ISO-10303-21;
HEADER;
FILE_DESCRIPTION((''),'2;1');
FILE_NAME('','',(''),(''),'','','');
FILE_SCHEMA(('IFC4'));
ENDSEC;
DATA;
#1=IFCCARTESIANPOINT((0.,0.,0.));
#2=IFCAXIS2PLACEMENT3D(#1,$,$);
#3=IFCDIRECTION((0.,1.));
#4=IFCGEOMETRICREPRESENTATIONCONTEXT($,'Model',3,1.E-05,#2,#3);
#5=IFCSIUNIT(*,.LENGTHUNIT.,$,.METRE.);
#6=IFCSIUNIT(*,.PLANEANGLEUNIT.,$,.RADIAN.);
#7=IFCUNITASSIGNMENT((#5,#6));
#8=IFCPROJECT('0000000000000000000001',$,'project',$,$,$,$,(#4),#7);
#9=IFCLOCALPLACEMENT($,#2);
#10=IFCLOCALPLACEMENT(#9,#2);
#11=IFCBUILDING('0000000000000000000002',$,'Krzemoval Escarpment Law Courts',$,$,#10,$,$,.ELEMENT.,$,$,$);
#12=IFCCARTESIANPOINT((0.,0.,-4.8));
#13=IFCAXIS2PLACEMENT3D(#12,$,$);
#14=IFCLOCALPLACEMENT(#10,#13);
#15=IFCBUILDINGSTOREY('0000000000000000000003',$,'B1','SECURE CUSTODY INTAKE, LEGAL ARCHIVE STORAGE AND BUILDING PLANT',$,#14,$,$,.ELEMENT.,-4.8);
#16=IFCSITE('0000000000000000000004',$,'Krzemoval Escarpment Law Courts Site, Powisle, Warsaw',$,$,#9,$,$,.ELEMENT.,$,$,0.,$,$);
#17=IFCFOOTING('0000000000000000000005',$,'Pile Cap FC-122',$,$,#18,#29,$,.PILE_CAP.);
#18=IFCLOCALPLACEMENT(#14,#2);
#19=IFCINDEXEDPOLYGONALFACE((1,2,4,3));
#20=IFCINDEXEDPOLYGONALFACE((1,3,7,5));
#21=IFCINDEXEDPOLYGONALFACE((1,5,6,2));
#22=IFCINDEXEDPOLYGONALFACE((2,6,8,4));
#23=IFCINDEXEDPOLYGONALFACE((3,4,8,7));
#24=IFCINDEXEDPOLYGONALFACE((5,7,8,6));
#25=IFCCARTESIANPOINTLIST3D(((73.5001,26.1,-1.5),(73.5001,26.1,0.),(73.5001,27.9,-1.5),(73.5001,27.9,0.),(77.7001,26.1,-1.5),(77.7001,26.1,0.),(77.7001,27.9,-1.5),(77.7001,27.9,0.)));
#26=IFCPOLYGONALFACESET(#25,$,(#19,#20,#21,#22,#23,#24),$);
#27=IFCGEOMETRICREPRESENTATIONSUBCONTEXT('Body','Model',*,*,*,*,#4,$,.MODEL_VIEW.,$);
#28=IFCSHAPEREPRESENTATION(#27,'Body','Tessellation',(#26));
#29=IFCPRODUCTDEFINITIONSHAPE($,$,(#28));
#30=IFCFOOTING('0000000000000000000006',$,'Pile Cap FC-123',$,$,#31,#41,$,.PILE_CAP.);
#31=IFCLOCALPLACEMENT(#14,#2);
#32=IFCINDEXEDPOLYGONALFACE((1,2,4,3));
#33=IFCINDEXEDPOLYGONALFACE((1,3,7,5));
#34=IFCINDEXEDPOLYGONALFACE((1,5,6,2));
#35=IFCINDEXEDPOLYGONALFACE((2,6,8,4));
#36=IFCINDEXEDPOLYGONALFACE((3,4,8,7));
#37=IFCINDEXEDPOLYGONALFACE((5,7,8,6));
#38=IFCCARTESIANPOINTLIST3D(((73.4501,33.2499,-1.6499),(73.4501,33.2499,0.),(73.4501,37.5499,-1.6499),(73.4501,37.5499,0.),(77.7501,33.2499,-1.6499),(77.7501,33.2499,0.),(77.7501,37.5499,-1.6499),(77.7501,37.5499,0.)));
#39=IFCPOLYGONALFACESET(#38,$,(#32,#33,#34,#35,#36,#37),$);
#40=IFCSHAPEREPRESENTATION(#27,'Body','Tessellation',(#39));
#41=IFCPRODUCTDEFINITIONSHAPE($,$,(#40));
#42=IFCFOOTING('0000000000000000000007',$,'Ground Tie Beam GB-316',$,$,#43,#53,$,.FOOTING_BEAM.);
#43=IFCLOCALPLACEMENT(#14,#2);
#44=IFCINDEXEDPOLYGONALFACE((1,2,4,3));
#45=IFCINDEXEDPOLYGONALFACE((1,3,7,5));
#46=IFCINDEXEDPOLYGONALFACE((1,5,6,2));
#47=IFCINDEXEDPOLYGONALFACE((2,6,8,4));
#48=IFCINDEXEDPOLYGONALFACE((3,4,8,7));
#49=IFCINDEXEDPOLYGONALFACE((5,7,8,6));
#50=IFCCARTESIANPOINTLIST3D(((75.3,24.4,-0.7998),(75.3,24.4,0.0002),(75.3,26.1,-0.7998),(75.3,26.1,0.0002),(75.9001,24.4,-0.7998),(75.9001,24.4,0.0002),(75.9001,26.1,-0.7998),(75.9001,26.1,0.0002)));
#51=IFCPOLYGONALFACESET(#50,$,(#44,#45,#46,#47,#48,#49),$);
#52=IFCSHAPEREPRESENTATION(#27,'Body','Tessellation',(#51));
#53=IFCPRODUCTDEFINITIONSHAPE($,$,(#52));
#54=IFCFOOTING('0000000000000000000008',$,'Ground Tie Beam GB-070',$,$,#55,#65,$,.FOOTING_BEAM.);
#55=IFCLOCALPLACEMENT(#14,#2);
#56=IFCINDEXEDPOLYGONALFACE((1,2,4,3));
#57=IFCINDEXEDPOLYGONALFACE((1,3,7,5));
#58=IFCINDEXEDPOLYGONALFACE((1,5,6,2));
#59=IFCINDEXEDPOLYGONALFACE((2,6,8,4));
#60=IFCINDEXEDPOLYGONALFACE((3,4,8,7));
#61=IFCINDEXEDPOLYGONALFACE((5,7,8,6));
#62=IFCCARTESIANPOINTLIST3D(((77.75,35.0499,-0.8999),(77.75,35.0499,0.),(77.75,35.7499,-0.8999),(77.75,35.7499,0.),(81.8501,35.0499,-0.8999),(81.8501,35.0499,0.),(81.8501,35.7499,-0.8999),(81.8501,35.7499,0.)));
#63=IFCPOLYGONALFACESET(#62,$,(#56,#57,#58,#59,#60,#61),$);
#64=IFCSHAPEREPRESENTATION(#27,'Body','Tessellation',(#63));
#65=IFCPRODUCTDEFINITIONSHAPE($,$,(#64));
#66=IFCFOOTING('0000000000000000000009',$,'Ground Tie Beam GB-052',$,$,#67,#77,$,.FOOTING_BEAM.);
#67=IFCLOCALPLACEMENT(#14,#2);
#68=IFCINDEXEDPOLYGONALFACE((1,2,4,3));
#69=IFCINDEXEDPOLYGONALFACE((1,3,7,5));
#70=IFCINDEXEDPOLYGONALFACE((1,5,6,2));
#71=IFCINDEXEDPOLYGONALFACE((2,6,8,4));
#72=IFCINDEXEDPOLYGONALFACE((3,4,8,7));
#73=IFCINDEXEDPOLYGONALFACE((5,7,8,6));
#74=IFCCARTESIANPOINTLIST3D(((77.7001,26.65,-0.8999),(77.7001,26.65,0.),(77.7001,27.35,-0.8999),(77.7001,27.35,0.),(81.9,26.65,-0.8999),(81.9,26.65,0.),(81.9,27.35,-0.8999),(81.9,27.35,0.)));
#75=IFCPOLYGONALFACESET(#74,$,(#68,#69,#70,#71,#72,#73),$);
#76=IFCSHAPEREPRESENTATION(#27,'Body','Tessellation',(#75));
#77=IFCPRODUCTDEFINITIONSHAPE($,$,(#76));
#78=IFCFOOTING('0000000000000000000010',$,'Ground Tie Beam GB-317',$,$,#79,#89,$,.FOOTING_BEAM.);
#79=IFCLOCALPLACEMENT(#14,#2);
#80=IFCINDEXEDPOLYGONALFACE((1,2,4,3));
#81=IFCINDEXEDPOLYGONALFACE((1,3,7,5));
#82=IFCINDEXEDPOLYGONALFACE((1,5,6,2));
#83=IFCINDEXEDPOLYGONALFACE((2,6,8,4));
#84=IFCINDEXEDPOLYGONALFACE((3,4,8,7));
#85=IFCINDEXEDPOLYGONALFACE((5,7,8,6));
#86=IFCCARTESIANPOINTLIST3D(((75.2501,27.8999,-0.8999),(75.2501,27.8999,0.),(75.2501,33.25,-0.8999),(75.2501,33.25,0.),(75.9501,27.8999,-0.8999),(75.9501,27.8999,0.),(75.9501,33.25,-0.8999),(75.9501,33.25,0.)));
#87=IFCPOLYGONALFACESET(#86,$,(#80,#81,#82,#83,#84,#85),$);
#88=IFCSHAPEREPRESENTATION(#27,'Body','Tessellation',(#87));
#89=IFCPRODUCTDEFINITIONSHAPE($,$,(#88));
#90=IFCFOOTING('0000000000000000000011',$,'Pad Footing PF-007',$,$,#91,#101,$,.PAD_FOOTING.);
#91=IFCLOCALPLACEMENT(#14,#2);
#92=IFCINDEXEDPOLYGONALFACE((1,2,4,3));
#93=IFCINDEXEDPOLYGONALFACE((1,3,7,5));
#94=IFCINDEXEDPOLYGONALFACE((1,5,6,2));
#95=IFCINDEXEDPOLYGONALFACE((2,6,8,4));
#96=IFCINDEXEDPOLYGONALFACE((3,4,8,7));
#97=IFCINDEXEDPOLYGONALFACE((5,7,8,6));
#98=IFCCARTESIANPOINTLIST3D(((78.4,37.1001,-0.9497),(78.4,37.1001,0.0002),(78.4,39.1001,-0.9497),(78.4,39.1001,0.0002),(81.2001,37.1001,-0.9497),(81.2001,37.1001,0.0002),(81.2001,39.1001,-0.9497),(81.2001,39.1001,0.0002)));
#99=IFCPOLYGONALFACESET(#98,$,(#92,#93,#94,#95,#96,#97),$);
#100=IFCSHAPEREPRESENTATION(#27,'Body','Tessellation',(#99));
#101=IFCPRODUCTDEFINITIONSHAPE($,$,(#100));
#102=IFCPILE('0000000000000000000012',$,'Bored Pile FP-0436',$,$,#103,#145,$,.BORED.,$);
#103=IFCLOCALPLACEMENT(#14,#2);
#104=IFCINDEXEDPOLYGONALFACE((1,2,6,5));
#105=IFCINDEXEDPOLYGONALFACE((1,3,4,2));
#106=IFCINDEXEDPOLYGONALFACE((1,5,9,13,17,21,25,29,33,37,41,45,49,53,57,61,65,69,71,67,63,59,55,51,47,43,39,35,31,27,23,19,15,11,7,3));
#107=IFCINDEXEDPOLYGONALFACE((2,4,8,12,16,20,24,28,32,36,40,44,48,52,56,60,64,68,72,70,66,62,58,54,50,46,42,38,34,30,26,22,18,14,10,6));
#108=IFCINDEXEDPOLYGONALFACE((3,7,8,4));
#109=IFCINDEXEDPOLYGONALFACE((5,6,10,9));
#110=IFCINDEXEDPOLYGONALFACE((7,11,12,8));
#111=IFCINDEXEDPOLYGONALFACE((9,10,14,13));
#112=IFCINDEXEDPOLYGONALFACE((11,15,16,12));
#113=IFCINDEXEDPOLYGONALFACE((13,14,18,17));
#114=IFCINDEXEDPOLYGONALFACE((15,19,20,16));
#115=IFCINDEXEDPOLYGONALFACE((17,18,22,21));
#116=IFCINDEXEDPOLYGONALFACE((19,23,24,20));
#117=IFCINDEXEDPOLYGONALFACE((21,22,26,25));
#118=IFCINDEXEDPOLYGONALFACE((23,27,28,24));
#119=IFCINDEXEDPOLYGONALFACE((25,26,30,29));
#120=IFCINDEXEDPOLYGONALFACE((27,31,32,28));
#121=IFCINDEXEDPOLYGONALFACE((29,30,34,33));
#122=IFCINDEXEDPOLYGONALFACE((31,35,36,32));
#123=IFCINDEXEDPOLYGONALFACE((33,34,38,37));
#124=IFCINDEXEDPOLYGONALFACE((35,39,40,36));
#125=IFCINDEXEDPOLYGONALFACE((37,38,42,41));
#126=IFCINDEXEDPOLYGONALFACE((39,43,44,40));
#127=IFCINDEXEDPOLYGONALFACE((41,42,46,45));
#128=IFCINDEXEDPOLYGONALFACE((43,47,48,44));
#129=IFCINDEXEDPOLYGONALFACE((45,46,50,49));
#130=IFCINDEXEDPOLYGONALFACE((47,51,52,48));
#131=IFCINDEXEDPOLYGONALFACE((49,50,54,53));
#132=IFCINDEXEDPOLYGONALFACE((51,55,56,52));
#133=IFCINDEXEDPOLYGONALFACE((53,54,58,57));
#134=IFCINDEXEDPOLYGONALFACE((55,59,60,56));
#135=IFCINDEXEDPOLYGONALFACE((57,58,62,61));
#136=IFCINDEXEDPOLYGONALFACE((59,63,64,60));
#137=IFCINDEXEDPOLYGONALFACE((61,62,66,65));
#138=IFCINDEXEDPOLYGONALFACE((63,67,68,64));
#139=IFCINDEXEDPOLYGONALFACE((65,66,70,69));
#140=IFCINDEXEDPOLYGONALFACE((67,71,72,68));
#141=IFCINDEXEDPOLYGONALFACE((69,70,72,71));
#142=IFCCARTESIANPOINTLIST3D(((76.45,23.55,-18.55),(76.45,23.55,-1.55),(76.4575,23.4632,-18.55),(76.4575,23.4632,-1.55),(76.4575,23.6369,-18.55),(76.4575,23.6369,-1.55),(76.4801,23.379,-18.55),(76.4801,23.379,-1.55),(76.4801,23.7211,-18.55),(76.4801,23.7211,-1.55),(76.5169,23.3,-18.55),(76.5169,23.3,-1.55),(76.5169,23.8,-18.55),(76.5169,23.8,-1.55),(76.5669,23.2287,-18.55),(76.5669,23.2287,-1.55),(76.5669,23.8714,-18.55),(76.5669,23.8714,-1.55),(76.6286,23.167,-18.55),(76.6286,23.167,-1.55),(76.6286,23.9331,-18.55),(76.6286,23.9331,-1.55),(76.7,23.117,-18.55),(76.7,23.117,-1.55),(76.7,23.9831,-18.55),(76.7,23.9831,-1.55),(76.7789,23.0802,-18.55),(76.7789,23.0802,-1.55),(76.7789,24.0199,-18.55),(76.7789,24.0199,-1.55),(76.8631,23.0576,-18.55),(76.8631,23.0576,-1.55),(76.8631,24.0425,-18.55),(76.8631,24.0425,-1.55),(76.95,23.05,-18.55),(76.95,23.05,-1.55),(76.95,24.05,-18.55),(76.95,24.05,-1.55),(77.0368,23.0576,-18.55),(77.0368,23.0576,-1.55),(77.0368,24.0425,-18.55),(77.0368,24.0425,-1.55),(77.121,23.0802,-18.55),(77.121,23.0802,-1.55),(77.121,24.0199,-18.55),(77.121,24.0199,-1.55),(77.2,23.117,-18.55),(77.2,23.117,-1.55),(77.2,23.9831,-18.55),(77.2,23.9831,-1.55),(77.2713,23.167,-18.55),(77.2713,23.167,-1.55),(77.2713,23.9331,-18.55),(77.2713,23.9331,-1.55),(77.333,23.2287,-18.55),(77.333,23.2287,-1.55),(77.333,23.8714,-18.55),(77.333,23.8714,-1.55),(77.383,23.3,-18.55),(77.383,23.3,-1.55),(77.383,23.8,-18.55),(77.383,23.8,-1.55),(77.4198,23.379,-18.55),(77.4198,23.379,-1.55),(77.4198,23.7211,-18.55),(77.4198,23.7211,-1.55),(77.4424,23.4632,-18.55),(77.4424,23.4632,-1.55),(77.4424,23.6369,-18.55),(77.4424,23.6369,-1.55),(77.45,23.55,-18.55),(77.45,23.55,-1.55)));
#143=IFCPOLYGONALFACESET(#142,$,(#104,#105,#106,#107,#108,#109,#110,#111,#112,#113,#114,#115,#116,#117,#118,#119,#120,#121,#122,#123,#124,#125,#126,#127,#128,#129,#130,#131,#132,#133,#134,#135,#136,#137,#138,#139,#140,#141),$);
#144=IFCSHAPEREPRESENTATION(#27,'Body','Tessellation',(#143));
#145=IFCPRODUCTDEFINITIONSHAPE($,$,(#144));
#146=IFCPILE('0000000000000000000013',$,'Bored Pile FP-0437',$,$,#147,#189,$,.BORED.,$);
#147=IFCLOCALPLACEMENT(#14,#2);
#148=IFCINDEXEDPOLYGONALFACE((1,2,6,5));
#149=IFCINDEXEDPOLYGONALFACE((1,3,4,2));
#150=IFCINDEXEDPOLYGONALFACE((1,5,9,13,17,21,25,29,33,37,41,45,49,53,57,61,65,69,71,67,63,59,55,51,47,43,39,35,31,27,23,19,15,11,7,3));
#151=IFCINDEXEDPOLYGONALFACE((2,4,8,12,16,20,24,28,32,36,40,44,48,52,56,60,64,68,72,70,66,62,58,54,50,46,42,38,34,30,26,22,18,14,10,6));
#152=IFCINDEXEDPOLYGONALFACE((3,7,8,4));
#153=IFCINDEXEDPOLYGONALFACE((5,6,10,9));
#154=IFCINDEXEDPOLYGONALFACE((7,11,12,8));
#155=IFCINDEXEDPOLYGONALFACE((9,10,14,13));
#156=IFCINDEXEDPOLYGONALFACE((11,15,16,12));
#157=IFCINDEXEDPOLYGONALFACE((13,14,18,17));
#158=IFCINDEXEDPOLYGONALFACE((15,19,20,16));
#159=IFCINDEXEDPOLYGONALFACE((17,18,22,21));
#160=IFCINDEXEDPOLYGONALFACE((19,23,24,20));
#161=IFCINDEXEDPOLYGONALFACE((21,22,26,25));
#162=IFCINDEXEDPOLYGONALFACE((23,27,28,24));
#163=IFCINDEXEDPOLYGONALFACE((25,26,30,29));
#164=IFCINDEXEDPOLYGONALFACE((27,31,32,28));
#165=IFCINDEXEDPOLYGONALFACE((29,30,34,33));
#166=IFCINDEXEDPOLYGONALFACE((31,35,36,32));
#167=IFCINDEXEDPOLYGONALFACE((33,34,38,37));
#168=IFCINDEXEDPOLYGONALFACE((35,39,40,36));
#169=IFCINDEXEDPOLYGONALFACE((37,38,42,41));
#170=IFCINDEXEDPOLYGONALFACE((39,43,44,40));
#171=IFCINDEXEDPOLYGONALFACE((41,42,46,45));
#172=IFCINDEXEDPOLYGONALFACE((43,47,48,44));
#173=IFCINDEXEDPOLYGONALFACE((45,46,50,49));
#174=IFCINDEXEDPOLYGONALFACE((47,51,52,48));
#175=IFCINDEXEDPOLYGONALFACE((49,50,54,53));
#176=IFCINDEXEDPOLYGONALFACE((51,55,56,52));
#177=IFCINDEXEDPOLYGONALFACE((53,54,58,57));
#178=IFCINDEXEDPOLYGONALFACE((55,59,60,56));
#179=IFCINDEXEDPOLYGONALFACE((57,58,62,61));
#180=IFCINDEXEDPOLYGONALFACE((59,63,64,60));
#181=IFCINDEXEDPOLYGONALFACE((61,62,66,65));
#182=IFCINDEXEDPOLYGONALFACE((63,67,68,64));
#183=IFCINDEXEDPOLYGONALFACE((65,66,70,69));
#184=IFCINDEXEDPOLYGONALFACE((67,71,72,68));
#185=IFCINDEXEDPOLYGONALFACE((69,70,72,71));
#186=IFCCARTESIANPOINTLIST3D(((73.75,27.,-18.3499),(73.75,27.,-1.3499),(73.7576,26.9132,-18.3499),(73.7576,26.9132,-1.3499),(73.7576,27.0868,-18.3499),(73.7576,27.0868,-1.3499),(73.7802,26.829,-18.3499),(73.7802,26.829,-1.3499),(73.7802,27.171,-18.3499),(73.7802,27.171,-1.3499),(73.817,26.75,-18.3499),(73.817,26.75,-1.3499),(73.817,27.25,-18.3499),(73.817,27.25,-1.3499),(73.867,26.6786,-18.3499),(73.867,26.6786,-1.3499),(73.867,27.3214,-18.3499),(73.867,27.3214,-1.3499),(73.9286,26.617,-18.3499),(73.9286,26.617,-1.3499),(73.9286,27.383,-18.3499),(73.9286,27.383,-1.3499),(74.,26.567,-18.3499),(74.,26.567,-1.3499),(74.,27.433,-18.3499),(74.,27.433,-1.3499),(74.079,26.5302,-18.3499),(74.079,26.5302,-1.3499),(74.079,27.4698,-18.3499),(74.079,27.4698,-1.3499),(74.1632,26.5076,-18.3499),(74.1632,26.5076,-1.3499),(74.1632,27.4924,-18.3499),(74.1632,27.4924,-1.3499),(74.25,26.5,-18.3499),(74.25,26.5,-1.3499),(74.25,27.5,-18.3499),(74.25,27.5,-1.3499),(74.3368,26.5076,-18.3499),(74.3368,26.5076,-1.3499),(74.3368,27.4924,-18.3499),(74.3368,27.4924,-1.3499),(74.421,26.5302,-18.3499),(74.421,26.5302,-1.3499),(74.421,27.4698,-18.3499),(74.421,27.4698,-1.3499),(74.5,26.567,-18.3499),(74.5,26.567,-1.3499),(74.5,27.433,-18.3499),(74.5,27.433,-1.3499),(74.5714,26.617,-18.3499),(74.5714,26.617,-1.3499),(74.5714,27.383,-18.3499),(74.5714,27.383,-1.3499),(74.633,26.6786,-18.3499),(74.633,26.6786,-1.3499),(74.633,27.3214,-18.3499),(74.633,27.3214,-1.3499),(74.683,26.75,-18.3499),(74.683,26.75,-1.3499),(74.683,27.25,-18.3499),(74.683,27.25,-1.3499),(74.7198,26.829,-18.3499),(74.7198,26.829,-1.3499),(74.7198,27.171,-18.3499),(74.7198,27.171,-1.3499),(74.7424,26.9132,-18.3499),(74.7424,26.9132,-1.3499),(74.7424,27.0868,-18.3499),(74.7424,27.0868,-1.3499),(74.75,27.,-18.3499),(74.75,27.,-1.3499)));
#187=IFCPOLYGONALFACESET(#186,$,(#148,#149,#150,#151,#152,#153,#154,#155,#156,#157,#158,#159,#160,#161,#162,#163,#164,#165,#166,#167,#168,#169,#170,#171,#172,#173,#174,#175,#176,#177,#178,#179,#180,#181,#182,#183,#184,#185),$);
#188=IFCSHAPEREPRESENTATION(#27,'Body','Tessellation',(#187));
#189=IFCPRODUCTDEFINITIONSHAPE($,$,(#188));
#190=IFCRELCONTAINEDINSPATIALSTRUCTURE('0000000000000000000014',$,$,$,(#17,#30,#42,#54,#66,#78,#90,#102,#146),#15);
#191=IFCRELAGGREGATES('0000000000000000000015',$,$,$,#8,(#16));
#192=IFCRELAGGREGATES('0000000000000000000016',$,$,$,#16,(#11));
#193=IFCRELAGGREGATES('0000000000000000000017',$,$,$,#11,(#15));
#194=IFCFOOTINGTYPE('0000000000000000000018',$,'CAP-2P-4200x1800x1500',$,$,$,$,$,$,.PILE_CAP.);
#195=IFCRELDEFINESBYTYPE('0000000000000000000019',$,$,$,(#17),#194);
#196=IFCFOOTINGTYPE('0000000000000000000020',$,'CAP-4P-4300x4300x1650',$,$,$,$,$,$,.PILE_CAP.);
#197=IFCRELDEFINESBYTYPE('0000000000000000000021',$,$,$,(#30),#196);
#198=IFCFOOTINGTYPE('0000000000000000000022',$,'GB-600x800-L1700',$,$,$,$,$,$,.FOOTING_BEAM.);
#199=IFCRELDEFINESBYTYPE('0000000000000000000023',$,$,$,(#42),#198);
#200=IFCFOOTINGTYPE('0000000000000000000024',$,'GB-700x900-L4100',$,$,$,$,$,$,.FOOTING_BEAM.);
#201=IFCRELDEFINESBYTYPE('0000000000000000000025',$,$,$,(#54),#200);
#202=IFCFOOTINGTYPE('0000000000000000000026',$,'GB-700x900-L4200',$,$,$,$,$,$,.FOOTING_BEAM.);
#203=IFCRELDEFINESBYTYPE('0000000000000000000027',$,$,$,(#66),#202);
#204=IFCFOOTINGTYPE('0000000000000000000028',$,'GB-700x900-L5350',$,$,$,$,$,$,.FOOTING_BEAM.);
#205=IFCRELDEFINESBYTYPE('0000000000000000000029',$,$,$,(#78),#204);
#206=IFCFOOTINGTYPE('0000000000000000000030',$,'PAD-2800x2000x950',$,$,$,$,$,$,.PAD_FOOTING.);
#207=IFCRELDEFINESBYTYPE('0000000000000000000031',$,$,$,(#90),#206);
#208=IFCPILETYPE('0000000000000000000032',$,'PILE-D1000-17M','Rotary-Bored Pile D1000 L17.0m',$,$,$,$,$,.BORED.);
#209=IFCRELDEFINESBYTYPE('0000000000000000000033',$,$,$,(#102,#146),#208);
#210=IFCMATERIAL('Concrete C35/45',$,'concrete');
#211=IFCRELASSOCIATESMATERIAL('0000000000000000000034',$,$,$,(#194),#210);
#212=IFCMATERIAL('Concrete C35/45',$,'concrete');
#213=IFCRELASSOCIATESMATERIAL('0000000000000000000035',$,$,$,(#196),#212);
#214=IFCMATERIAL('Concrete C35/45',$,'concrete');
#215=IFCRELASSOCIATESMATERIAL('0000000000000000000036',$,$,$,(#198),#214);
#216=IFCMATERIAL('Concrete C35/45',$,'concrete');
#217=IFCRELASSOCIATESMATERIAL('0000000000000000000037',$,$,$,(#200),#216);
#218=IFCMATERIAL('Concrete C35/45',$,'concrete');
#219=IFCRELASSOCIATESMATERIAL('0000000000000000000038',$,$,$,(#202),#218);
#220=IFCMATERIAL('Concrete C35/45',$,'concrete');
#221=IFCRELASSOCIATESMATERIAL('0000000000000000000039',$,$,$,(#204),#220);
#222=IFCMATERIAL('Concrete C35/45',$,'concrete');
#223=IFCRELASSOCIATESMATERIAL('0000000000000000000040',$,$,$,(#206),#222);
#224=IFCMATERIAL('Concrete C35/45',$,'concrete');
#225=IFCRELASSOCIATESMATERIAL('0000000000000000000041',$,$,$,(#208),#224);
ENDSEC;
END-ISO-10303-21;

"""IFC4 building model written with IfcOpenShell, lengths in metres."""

from ifc_helpers import new_model, si_unit, direction, frame, origin, origin_2d, place, context, subcontext, project, spatial, rectangle, circle, extrude, material, material_profile, profile_set, type_object, element, save


model = new_model("IFC4")

# Units and contexts
model_context = context("Model", 3, precision=1e-05, world=origin(), true_north=direction((0.0, 1.0)))
body_context = subcontext(model_context, "Body", "Model", "MODEL_VIEW")
ifc_project = project(units=[si_unit("LENGTHUNIT", "METRE"), si_unit("PLANEANGLEUNIT", "RADIAN")], contexts=[model_context])

# Site, building, storey
site_placement = place(None, origin())
site = spatial("IfcSite", under=ifc_project, at=site_placement, Name="Krzemoval Escarpment Law Courts Site, Powisle, Warsaw", CompositionType="ELEMENT", RefElevation=0.0)
building_placement = place(site_placement, origin())
building = spatial("IfcBuilding", under=site, at=building_placement, Name="Krzemoval Escarpment Law Courts", CompositionType="ELEMENT")
storey_placement = place(building_placement, frame((0.0, 0.0, -4.8)))
storey = spatial("IfcBuildingStorey", under=building, at=storey_placement, Name="B1", Description="SECURE CUSTODY INTAKE, LEGAL ARCHIVE STORAGE AND BUILDING PLANT", CompositionType="ELEMENT", Elevation=-4.8)

# Footings
ifc_material_1 = material(Name="Concrete C35/45", Category="concrete")
footing_type_1 = type_object("IfcFootingType", Name="CAP-2P-4200x1800x1500", PredefinedType="PILE_CAP", material=ifc_material_1)
footing_1_placement = place(storey_placement, frame((75.6001, 27.0, -1.5), z_axis=(0.0, 0.0, 1.0), x_axis=(1.0, 0.0, 0.0)))
element("IfcFooting", 1, at=footing_1_placement, inside=storey, type_object=footing_type_1, Name="Pile Cap FC-122", PredefinedType="PILE_CAP", context=body_context, shape_type="SweptSolid", body=[
    extrude(rectangle(XDim=4.2, YDim=1.8, at=origin_2d()), origin(), (0.0, 0.0, 1.0), 1.5),
])
ifc_material_2 = material(Name="Concrete C35/45", Category="concrete")
footing_type_2 = type_object("IfcFootingType", Name="CAP-4P-4300x4300x1650", PredefinedType="PILE_CAP", material=ifc_material_2)
footing_2_placement = place(storey_placement, frame((75.6001, 35.3999, -1.6499), z_axis=(0.0, 0.0, 1.0), x_axis=(1.0, 0.0, 0.0)))
element("IfcFooting", 2, at=footing_2_placement, inside=storey, type_object=footing_type_2, Name="Pile Cap FC-123", PredefinedType="PILE_CAP", context=body_context, shape_type="SweptSolid", body=[
    extrude(rectangle(XDim=4.3, YDim=4.3, at=origin_2d()), origin(), (0.0, 0.0, 1.0), 1.6499),
])
ifc_material_3 = material(Name="Concrete C35/45", Category="concrete")
footing_type_3 = type_object("IfcFootingType", Name="GB-600x800-L1700", PredefinedType="FOOTING_BEAM", material=ifc_material_3)
footing_3_placement = place(storey_placement, frame((75.6001, 25.25, -0.7998), z_axis=(0.0, 0.0, 1.0), x_axis=(0.0, 1.0, 0.0)))
element("IfcFooting", 3, at=footing_3_placement, inside=storey, type_object=footing_type_3, Name="Ground Tie Beam GB-316", PredefinedType="FOOTING_BEAM", context=body_context, shape_type="SweptSolid", body=[
    extrude(rectangle(XDim=1.7, YDim=0.6001, at=origin_2d()), origin(), (0.0, 0.0, 1.0), 0.8),
])
ifc_material_4 = material(Name="Concrete C35/45", Category="concrete")
footing_type_4 = type_object("IfcFootingType", Name="GB-700x900-L4100", PredefinedType="FOOTING_BEAM", material=ifc_material_4)
footing_4_placement = place(storey_placement, frame((79.8, 35.3999, -0.8999), z_axis=(0.0, 0.0, 1.0), x_axis=(1.0, 0.0, 0.0)))
element("IfcFooting", 4, at=footing_4_placement, inside=storey, type_object=footing_type_4, Name="Ground Tie Beam GB-070", PredefinedType="FOOTING_BEAM", context=body_context, shape_type="SweptSolid", body=[
    extrude(rectangle(XDim=4.1001, YDim=0.7, at=origin_2d()), origin(), (0.0, 0.0, 1.0), 0.8999),
])
ifc_material_5 = material(Name="Concrete C35/45", Category="concrete")
footing_type_5 = type_object("IfcFootingType", Name="GB-700x900-L4200", PredefinedType="FOOTING_BEAM", material=ifc_material_5)
footing_5_placement = place(storey_placement, frame((79.8, 27.0, -0.8999), z_axis=(0.0, 0.0, 1.0), x_axis=(1.0, 0.0, 0.0)))
element("IfcFooting", 5, at=footing_5_placement, inside=storey, type_object=footing_type_5, Name="Ground Tie Beam GB-052", PredefinedType="FOOTING_BEAM", context=body_context, shape_type="SweptSolid", body=[
    extrude(rectangle(XDim=4.2, YDim=0.7, at=origin_2d()), origin(), (0.0, 0.0, 1.0), 0.8999),
])
ifc_material_6 = material(Name="Concrete C35/45", Category="concrete")
footing_type_6 = type_object("IfcFootingType", Name="GB-700x900-L5350", PredefinedType="FOOTING_BEAM", material=ifc_material_6)
footing_6_placement = place(storey_placement, frame((75.6001, 30.575, -0.8999), z_axis=(0.0, 0.0, 1.0), x_axis=(0.0, 1.0, 0.0)))
element("IfcFooting", 6, at=footing_6_placement, inside=storey, type_object=footing_type_6, Name="Ground Tie Beam GB-317", PredefinedType="FOOTING_BEAM", context=body_context, shape_type="SweptSolid", body=[
    extrude(rectangle(XDim=5.3501, YDim=0.7, at=origin_2d()), origin(), (0.0, 0.0, 1.0), 0.8999),
])
ifc_material_7 = material(Name="Concrete C35/45", Category="concrete")
footing_type_7 = type_object("IfcFootingType", Name="PAD-2800x2000x950", PredefinedType="PAD_FOOTING", material=ifc_material_7)
footing_7_placement = place(storey_placement, frame((79.8, 38.1001, -0.9497), z_axis=(0.0, 0.0, 1.0), x_axis=(1.0, 0.0, 0.0)))
element("IfcFooting", 7, at=footing_7_placement, inside=storey, type_object=footing_type_7, Name="Pad Footing PF-007", PredefinedType="PAD_FOOTING", context=body_context, shape_type="SweptSolid", body=[
    extrude(rectangle(XDim=2.8, YDim=2.0, at=origin_2d()), origin(), (0.0, 0.0, 1.0), 0.95),
])

# Piles
ifc_material_8 = material(Name="Concrete C35/45", Category="concrete")
ifc_material_profile_1 = material_profile(ifc_material_8, circle(Radius=0.5, at=origin_2d()), Name="PILE D1000")
ifc_profile_set_1 = profile_set([ifc_material_profile_1], Name="Concrete C35/45")
pile_type = type_object("IfcPileType", Name="PILE-D1000-17M", Description="Rotary-Bored Pile D1000 L17.0m", PredefinedType="BORED", material=ifc_profile_set_1)
for number, where, z_axis, x_axis, name in (
    (8, (76.95, 23.55, -1.55), (0.0, 0.0, -1.0), (1.0, 0.0, 0.0), "Bored Pile FP-0436"),
    (9, (74.25, 27.0, -1.3499), (0.0, 0.0, -1.0), (1.0, 0.0, 0.0), "Bored Pile FP-0437"),
):
    element("IfcPile", number, at=place(storey_placement, frame(where, z_axis=z_axis, x_axis=x_axis)), inside=storey, type_object=pile_type, Name=name, PredefinedType="BORED", context=body_context, shape_type="SweptSolid", body=[
        extrude(circle(Radius=0.5, at=origin_2d()), origin(), (0.0, 0.0, 1.0), 17.0),
    ])

save(model, "model.ifc")
